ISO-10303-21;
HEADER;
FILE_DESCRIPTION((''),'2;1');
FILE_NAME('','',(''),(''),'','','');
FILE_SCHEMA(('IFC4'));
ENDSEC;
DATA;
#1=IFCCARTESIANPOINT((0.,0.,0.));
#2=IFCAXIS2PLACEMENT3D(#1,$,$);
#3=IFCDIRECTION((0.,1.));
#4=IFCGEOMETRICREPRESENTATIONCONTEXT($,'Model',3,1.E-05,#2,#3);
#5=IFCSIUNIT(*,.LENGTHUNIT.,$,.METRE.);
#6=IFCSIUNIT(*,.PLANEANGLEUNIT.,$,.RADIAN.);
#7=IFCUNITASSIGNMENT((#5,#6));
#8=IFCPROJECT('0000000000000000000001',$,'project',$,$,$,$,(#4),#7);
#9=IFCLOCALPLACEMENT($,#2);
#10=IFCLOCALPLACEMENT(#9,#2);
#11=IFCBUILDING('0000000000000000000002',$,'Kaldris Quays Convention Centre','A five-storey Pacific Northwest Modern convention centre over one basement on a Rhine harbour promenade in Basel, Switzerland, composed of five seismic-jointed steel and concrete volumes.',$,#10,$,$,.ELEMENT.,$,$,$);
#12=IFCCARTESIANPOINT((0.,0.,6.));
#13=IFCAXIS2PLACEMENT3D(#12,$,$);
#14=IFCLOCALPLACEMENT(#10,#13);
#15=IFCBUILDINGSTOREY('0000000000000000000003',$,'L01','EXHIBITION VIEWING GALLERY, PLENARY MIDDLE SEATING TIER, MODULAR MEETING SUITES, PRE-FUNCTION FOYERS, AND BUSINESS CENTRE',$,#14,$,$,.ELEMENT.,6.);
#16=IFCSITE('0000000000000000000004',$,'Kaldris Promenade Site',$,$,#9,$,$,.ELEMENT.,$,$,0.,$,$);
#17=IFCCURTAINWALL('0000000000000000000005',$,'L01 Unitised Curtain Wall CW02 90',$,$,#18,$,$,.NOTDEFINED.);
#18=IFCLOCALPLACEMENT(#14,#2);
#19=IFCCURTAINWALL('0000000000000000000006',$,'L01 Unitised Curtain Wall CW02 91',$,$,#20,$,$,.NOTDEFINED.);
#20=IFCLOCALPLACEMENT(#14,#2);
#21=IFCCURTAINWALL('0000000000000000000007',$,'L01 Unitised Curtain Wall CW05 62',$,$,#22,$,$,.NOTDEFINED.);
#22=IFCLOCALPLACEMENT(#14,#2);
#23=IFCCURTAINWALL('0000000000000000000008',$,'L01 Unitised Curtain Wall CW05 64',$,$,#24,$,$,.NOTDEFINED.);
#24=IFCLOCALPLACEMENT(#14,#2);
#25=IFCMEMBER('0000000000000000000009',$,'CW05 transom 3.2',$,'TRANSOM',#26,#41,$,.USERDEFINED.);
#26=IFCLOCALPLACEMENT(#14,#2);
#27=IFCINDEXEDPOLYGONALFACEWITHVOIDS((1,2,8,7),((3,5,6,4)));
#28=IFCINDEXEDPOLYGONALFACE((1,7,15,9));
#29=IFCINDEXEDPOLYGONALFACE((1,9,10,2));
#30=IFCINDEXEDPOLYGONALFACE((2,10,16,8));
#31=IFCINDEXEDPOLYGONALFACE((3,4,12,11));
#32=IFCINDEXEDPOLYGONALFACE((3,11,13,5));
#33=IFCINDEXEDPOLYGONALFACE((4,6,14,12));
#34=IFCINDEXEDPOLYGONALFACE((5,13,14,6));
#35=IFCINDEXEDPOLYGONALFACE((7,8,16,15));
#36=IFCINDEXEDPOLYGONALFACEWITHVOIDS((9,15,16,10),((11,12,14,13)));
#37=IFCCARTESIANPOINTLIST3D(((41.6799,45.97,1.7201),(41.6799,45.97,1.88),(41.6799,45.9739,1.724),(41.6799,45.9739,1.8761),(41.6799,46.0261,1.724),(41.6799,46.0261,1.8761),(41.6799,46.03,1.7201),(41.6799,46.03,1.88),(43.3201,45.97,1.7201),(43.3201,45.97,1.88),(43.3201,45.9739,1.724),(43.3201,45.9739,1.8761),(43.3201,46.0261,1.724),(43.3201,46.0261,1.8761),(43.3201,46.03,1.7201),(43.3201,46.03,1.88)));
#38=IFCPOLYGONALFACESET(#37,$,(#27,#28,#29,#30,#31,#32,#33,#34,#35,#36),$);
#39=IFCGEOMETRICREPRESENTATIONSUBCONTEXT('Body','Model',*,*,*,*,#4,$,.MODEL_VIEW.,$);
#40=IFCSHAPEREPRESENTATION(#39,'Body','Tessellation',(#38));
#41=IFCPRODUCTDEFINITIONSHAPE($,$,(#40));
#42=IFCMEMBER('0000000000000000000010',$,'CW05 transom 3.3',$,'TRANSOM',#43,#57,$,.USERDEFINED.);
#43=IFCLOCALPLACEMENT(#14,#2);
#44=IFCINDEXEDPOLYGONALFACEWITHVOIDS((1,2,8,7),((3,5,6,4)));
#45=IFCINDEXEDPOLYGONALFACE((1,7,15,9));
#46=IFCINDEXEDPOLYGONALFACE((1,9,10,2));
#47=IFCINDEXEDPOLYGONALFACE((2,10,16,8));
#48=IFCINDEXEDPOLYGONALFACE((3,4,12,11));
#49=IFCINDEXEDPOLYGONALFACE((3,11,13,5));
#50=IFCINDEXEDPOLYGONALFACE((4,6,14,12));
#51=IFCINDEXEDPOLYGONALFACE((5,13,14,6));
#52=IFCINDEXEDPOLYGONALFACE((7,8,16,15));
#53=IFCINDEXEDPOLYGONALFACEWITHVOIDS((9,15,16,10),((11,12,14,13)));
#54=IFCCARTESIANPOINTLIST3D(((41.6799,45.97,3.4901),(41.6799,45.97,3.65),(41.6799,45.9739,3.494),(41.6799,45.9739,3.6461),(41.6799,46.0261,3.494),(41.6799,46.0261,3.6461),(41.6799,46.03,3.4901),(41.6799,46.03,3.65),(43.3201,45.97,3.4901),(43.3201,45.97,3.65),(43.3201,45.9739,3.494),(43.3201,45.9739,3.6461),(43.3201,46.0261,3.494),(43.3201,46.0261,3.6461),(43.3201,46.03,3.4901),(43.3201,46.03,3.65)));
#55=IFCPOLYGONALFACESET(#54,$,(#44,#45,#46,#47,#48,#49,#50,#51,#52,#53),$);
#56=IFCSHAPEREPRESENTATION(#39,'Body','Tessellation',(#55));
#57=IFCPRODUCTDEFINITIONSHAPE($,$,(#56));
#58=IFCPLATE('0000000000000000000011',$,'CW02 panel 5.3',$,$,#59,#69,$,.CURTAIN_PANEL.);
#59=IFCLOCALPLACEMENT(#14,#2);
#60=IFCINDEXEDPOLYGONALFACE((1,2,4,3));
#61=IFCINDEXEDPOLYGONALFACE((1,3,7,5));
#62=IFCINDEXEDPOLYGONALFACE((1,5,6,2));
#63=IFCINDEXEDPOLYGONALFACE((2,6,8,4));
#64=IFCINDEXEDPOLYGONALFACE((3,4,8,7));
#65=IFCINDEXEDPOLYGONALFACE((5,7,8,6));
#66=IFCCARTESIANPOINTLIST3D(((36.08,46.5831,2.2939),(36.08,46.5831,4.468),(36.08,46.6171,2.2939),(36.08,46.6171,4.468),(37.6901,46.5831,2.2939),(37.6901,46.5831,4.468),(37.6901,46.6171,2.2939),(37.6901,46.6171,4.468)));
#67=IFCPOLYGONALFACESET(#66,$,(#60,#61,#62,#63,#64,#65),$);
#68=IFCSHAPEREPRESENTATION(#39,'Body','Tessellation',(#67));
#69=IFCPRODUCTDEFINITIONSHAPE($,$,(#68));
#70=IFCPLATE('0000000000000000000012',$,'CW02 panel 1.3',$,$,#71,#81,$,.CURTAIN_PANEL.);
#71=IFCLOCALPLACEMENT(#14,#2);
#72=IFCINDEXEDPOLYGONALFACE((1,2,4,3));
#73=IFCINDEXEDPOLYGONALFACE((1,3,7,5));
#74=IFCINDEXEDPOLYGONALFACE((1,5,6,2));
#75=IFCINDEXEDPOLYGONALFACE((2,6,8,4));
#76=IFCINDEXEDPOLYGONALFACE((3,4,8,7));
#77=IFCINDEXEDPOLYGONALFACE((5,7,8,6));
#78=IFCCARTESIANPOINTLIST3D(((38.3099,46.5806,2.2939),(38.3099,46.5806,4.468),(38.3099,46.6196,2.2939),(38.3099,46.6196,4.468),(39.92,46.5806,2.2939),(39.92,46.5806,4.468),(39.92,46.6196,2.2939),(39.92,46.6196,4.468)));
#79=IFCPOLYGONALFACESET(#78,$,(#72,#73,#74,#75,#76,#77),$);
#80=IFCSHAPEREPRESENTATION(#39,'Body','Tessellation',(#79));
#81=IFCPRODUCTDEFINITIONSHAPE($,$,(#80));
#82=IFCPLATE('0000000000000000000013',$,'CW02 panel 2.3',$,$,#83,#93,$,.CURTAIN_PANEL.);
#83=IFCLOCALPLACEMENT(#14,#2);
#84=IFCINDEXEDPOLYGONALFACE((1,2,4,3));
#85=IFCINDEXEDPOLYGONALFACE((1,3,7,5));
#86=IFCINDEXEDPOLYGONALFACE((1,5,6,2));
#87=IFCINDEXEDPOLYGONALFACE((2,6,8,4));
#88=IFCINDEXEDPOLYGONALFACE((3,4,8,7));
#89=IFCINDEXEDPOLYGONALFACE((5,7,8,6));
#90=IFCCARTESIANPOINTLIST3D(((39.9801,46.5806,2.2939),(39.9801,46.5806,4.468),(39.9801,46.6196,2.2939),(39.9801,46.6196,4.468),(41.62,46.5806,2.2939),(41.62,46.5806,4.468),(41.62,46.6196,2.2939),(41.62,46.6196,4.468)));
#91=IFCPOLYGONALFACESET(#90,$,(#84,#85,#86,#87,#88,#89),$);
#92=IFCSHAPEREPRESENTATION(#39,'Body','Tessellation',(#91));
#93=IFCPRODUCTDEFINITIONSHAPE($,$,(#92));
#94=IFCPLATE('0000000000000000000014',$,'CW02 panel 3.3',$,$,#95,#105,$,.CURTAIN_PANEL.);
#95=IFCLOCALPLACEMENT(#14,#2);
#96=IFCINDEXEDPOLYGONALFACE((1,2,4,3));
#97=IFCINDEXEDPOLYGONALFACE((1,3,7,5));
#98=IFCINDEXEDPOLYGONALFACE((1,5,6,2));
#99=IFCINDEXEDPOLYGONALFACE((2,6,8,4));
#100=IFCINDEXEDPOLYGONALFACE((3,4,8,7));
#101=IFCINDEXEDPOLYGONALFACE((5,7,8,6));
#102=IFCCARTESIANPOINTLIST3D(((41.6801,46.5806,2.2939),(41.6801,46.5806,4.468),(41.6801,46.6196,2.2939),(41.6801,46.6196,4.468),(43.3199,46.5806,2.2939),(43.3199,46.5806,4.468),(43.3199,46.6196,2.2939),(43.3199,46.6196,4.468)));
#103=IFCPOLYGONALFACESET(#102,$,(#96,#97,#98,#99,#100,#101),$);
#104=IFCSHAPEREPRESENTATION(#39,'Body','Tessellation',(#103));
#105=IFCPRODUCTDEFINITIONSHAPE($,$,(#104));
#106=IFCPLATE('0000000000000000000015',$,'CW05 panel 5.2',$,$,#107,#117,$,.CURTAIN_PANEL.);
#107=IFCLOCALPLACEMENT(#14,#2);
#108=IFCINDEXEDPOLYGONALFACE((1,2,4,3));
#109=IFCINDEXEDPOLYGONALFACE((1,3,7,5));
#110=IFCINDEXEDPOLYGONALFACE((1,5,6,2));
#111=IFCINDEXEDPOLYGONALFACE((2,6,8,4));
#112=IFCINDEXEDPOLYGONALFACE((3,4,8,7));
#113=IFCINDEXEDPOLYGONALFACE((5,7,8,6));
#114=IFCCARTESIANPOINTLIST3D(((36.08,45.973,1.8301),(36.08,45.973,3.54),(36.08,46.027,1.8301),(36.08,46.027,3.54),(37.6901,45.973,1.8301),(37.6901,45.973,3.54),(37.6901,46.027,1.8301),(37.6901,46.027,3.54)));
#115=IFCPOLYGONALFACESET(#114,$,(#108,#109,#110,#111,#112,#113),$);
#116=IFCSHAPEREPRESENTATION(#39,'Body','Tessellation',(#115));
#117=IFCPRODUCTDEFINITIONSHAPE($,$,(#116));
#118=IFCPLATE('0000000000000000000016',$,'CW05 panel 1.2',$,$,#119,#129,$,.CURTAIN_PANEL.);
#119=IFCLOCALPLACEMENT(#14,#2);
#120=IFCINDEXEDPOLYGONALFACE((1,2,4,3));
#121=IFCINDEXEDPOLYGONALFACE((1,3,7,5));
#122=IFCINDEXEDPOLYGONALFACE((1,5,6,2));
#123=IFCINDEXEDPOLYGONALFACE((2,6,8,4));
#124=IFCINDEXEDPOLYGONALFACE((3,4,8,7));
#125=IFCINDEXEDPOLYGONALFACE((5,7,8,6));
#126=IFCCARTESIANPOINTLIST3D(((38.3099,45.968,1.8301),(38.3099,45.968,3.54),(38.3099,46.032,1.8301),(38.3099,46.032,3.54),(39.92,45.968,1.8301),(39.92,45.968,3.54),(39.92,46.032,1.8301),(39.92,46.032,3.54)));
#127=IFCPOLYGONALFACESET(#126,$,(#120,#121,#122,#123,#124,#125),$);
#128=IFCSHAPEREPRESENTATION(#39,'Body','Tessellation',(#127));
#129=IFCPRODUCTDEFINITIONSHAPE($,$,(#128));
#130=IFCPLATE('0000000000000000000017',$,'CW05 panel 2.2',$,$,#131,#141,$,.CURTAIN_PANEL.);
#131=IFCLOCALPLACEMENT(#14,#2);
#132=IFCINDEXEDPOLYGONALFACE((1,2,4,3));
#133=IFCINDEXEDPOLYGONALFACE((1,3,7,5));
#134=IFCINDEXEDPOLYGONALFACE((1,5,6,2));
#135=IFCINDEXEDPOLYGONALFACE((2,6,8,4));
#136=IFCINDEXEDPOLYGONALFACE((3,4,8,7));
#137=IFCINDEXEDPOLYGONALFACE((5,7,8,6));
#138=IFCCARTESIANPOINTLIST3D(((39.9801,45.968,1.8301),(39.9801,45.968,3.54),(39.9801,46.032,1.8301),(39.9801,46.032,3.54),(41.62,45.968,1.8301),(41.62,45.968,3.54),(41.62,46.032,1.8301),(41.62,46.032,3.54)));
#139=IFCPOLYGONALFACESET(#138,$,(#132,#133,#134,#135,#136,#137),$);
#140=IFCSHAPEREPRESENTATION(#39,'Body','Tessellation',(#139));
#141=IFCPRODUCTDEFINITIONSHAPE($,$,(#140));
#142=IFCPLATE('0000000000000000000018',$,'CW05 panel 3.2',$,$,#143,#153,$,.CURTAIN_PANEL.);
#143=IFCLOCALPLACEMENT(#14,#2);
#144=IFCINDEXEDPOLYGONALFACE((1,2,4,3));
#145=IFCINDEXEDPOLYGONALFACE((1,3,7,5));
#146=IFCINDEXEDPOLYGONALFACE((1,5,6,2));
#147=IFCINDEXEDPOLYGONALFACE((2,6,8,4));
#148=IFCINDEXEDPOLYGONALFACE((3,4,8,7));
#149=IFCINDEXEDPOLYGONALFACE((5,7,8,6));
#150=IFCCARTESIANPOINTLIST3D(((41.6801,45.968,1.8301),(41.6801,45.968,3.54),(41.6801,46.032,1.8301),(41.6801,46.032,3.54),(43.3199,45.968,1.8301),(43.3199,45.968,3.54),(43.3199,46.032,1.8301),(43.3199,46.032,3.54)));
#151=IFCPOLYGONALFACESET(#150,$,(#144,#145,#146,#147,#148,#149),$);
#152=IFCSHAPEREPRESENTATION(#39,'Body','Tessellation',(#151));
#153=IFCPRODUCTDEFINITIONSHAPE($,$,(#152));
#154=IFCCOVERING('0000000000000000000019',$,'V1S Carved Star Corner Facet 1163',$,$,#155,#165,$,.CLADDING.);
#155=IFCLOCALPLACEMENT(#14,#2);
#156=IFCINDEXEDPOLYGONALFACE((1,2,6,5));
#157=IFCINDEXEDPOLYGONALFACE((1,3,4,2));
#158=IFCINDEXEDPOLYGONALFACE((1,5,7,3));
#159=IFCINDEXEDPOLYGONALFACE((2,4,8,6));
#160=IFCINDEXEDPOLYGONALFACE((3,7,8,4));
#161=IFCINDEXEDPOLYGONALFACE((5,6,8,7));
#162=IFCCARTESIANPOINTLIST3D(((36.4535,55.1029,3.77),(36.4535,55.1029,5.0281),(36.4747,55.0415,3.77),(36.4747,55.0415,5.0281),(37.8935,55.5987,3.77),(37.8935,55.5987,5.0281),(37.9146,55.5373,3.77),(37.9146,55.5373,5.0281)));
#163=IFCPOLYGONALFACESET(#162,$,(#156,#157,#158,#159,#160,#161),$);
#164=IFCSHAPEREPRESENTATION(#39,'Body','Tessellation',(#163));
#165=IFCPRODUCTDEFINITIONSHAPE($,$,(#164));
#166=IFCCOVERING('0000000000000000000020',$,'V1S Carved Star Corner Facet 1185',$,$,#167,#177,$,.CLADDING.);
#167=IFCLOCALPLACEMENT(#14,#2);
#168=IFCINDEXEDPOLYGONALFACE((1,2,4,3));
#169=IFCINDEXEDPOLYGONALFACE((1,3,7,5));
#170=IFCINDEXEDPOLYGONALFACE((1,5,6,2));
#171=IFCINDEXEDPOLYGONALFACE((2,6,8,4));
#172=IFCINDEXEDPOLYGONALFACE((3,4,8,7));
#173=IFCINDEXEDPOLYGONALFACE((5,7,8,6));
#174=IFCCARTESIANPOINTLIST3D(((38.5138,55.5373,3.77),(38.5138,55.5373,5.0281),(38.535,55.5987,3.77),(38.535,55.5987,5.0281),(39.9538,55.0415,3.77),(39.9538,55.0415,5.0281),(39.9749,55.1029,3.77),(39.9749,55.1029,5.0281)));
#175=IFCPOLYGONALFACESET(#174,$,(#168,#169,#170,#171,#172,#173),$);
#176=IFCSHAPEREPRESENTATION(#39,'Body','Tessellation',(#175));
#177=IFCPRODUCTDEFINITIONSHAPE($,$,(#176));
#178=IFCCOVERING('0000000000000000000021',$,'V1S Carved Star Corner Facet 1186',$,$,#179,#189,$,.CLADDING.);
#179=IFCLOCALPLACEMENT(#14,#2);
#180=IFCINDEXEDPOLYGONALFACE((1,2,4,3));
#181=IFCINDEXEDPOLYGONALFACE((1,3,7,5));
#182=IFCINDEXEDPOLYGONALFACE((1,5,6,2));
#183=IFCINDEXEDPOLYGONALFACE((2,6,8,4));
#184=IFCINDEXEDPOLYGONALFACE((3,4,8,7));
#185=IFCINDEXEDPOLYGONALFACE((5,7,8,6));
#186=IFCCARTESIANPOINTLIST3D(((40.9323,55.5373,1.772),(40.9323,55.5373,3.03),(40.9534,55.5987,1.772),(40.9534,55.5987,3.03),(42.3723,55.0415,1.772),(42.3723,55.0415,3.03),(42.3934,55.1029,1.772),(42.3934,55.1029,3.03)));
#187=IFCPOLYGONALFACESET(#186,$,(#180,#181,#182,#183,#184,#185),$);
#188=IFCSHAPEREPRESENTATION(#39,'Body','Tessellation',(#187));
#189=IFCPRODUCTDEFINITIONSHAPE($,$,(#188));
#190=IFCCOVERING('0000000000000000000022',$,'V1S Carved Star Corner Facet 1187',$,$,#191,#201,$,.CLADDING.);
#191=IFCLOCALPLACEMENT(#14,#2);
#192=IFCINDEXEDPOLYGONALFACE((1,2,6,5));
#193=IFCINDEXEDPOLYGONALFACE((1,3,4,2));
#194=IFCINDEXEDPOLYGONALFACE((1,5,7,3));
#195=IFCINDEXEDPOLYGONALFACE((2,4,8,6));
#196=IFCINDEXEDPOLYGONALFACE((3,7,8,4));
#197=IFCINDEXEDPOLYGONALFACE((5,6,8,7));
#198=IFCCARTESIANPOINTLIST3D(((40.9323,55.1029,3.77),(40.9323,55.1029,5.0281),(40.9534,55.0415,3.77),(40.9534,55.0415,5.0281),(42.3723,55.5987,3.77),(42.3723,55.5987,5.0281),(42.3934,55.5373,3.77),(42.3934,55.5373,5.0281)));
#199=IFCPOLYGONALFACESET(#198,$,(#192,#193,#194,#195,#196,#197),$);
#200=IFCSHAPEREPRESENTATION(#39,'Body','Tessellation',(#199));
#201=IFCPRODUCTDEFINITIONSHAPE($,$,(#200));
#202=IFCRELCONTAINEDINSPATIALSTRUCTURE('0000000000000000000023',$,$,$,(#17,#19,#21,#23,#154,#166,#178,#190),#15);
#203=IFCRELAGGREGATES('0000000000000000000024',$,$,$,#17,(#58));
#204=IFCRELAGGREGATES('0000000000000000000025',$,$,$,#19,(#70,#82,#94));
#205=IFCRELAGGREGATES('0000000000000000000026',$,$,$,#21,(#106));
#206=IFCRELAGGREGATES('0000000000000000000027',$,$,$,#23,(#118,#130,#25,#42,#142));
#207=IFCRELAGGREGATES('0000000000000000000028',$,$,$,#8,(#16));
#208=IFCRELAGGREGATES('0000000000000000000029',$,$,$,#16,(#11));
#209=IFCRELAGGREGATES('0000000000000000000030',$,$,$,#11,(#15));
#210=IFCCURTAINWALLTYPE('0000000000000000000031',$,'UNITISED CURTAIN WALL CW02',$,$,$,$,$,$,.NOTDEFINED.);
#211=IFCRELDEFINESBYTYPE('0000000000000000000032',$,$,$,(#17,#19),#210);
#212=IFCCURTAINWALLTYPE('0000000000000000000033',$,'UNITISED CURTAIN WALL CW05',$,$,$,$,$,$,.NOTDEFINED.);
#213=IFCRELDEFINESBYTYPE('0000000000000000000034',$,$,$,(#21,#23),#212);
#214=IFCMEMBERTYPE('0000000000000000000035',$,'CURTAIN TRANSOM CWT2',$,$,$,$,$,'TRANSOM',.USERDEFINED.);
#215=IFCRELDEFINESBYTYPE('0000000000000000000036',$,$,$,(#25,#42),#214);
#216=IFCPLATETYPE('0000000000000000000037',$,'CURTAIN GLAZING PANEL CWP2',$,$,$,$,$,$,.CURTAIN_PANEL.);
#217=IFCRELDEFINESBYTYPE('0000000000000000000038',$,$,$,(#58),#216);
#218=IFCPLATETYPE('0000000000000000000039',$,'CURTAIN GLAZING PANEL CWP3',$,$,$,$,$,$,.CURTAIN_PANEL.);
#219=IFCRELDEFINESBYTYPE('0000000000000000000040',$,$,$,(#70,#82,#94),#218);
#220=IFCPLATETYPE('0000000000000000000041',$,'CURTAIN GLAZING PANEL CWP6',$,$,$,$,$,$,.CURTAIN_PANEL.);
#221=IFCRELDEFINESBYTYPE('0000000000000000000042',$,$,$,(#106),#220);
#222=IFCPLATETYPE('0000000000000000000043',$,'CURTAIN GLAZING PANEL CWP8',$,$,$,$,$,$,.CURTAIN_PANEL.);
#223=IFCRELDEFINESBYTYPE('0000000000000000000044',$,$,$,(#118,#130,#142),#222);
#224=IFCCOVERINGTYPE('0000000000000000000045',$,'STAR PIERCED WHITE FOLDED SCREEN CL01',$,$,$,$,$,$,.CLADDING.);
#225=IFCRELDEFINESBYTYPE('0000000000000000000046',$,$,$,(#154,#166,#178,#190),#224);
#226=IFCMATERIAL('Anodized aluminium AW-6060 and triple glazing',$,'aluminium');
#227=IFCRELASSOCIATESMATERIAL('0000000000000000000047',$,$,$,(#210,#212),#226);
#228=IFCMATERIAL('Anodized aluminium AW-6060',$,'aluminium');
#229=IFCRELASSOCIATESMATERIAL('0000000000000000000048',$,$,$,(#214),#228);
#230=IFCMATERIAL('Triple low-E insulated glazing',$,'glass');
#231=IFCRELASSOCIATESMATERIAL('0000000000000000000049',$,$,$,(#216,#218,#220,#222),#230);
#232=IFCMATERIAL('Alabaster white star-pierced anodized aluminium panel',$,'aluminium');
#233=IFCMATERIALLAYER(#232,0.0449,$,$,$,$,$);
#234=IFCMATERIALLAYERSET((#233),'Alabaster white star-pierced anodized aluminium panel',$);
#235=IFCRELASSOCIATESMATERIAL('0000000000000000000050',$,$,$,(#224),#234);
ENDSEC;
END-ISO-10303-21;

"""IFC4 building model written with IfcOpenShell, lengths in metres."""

from ifc_helpers import new_model, si_unit, direction, frame, origin, origin_2d, place, context, subcontext, project, spatial, rectangle, hollow_rectangle, extrude, material, layer, layer_set, material_profile, profile_set, type_object, element, aggregate, save


model = new_model("IFC4")

# Units and contexts
model_context = context("Model", 3, precision=1e-05, world=origin(), true_north=direction((0.0, 1.0)))
body_context = subcontext(model_context, "Body", "Model", "MODEL_VIEW")
ifc_project = project(units=[si_unit("LENGTHUNIT", "METRE"), si_unit("PLANEANGLEUNIT", "RADIAN")], contexts=[model_context])

# Site, building, storey
site_placement = place(None, origin())
site = spatial("IfcSite", under=ifc_project, at=site_placement, Name="Kaldris Promenade Site", CompositionType="ELEMENT", RefElevation=0.0)
building_placement = place(site_placement, origin())
building = spatial("IfcBuilding", under=site, at=building_placement, Name="Kaldris Quays Convention Centre", Description="A five-storey Pacific Northwest Modern convention centre over one basement on a Rhine harbour promenade in Basel, Switzerland, composed of five seismic-jointed steel and concrete volumes.", CompositionType="ELEMENT")
storey_placement = place(building_placement, frame((0.0, 0.0, 6.0)))
storey = spatial("IfcBuildingStorey", under=building, at=storey_placement, Name="L01", Description="EXHIBITION VIEWING GALLERY, PLENARY MIDDLE SEATING TIER, MODULAR MEETING SUITES, PRE-FUNCTION FOYERS, AND BUSINESS CENTRE", CompositionType="ELEMENT", Elevation=6.0)

# Curtain walls, members
ifc_material_1 = material(Name="Anodized aluminium AW-6060 and triple glazing", Category="aluminium")
curtain_wall_type_1 = type_object("IfcCurtainWallType", Name="UNITISED CURTAIN WALL CW02", PredefinedType="NOTDEFINED", material=ifc_material_1)
curtain_wall_1_placement = place(storey_placement, origin())
curtain_wall_1 = element("IfcCurtainWall", 1, at=curtain_wall_1_placement, inside=storey, type_object=curtain_wall_type_1, Name="L01 Unitised Curtain Wall CW02 90", PredefinedType="NOTDEFINED")
ifc_material_2 = material(Name="Anodized aluminium AW-6060", Category="aluminium")
curtain_wall_2_placement = place(storey_placement, origin())
curtain_wall_2 = element("IfcCurtainWall", 2, at=curtain_wall_2_placement, inside=storey, type_object=curtain_wall_type_1, Name="L01 Unitised Curtain Wall CW02 91", PredefinedType="NOTDEFINED")
curtain_wall_type_2 = type_object("IfcCurtainWallType", Name="UNITISED CURTAIN WALL CW05", PredefinedType="NOTDEFINED", material=ifc_material_1)
curtain_wall_3_placement = place(storey_placement, origin())
curtain_wall_3 = element("IfcCurtainWall", 3, at=curtain_wall_3_placement, inside=storey, type_object=curtain_wall_type_2, Name="L01 Unitised Curtain Wall CW05 62", PredefinedType="NOTDEFINED")
ifc_material_profile_1 = material_profile(ifc_material_2, hollow_rectangle(XDim=0.0601, YDim=0.1599, WallThickness=0.0039, at=origin_2d()), Name="RHS 160x60x4")
ifc_profile_set_1 = profile_set([ifc_material_profile_1], Name="Anodized aluminium AW-6060")
member_type_1 = type_object("IfcMemberType", Name="CURTAIN TRANSOM CWT2", ElementType="TRANSOM", PredefinedType="USERDEFINED", material=ifc_profile_set_1)
curtain_wall_4_placement = place(storey_placement, origin())
curtain_wall_4 = element("IfcCurtainWall", 4, at=curtain_wall_4_placement, inside=storey, type_object=curtain_wall_type_2, Name="L01 Unitised Curtain Wall CW05 64", PredefinedType="NOTDEFINED")
member_1_placement = place(storey_placement, frame((41.6799, 46.0, 1.8), z_axis=(1.0, 0.0, 0.0), x_axis=(0.0, 1.0, 0.0)))
member_1 = element("IfcMember", 5, at=member_1_placement, type_object=member_type_1, Name="CW05 transom 3.2", ObjectType="TRANSOM", PredefinedType="USERDEFINED", context=body_context, shape_type="SweptSolid", body=[
    extrude(hollow_rectangle(XDim=0.0601, YDim=0.1599, WallThickness=0.0039, at=origin_2d()), origin(), (0.0, 0.0, 1.0), 1.6401),
])
member_2_placement = place(storey_placement, frame((41.6799, 46.0, 3.5701), z_axis=(1.0, 0.0, 0.0), x_axis=(0.0, 1.0, 0.0)))
member_2 = element("IfcMember", 6, at=member_2_placement, type_object=member_type_1, Name="CW05 transom 3.3", ObjectType="TRANSOM", PredefinedType="USERDEFINED", context=body_context, shape_type="SweptSolid", body=[
    extrude(hollow_rectangle(XDim=0.0601, YDim=0.1599, WallThickness=0.0039, at=origin_2d()), origin(), (0.0, 0.0, 1.0), 1.6401),
])

# Plates
ifc_material_3 = material(Name="Triple low-E insulated glazing", Category="glass")
plate_type_1 = type_object("IfcPlateType", Name="CURTAIN GLAZING PANEL CWP2", PredefinedType="CURTAIN_PANEL", material=ifc_material_3)
plate_1_placement = place(storey_placement, frame((36.885, 46.6001, 2.2939), z_axis=(0.0, 0.0, 1.0), x_axis=(1.0, 0.0, 0.0)))
plate_1 = element("IfcPlate", 7, at=plate_1_placement, type_object=plate_type_1, Name="CW02 panel 5.3", PredefinedType="CURTAIN_PANEL", context=body_context, shape_type="SweptSolid", body=[
    extrude(rectangle(XDim=1.6101, YDim=0.0339, at=origin_2d()), origin(), (0.0, 0.0, 1.0), 2.1741),
])
aggregate(curtain_wall_1, [plate_1])
plate_type_2 = type_object("IfcPlateType", Name="CURTAIN GLAZING PANEL CWP3", PredefinedType="CURTAIN_PANEL", material=ifc_material_3)
plate_2_placement = place(storey_placement, frame((39.115, 46.6001, 2.2939), z_axis=(0.0, 0.0, 1.0), x_axis=(1.0, 0.0, 0.0)))
plate_2 = element("IfcPlate", 8, at=plate_2_placement, type_object=plate_type_2, Name="CW02 panel 1.3", PredefinedType="CURTAIN_PANEL", context=body_context, shape_type="SweptSolid", body=[
    extrude(rectangle(XDim=1.6101, YDim=0.0391, at=origin_2d()), origin(), (0.0, 0.0, 1.0), 2.1741),
])
plate_3_placement = place(storey_placement, frame((40.8, 46.6001, 2.2939), z_axis=(0.0, 0.0, 1.0), x_axis=(1.0, 0.0, 0.0)))
plate_3 = element("IfcPlate", 9, at=plate_3_placement, type_object=plate_type_2, Name="CW02 panel 2.3", PredefinedType="CURTAIN_PANEL", context=body_context, shape_type="SweptSolid", body=[
    extrude(rectangle(XDim=1.6399, YDim=0.0391, at=origin_2d()), origin(), (0.0, 0.0, 1.0), 2.1741),
])
plate_4_placement = place(storey_placement, frame((42.5, 46.6001, 2.2939), z_axis=(0.0, 0.0, 1.0), x_axis=(1.0, 0.0, 0.0)))
plate_4 = element("IfcPlate", 10, at=plate_4_placement, type_object=plate_type_2, Name="CW02 panel 3.3", PredefinedType="CURTAIN_PANEL", context=body_context, shape_type="SweptSolid", body=[
    extrude(rectangle(XDim=1.6399, YDim=0.0391, at=origin_2d()), origin(), (0.0, 0.0, 1.0), 2.1741),
])
aggregate(curtain_wall_2, [plate_2, plate_3, plate_4])
plate_type_3 = type_object("IfcPlateType", Name="CURTAIN GLAZING PANEL CWP6", PredefinedType="CURTAIN_PANEL", material=ifc_material_3)
plate_5_placement = place(storey_placement, frame((36.885, 46.0, 1.8301), z_axis=(0.0, 0.0, 1.0), x_axis=(1.0, 0.0, 0.0)))
plate_5 = element("IfcPlate", 11, at=plate_5_placement, type_object=plate_type_3, Name="CW05 panel 5.2", PredefinedType="CURTAIN_PANEL", context=body_context, shape_type="SweptSolid", body=[
    extrude(rectangle(XDim=1.6101, YDim=0.054, at=origin_2d()), origin(), (0.0, 0.0, 1.0), 1.71),
])
aggregate(curtain_wall_3, [plate_5])
plate_type_4 = type_object("IfcPlateType", Name="CURTAIN GLAZING PANEL CWP8", PredefinedType="CURTAIN_PANEL", material=ifc_material_3)
plate_6_placement = place(storey_placement, frame((39.115, 46.0, 1.8301), z_axis=(0.0, 0.0, 1.0), x_axis=(1.0, 0.0, 0.0)))
plate_6 = element("IfcPlate", 12, at=plate_6_placement, type_object=plate_type_4, Name="CW05 panel 1.2", PredefinedType="CURTAIN_PANEL", context=body_context, shape_type="SweptSolid", body=[
    extrude(rectangle(XDim=1.6101, YDim=0.064, at=origin_2d()), origin(), (0.0, 0.0, 1.0), 1.71),
])
plate_7_placement = place(storey_placement, frame((40.8, 46.0, 1.8301), z_axis=(0.0, 0.0, 1.0), x_axis=(1.0, 0.0, 0.0)))
plate_7 = element("IfcPlate", 13, at=plate_7_placement, type_object=plate_type_4, Name="CW05 panel 2.2", PredefinedType="CURTAIN_PANEL", context=body_context, shape_type="SweptSolid", body=[
    extrude(rectangle(XDim=1.6399, YDim=0.064, at=origin_2d()), origin(), (0.0, 0.0, 1.0), 1.71),
])
plate_8_placement = place(storey_placement, frame((42.5, 46.0, 1.8301), z_axis=(0.0, 0.0, 1.0), x_axis=(1.0, 0.0, 0.0)))
plate_8 = element("IfcPlate", 14, at=plate_8_placement, type_object=plate_type_4, Name="CW05 panel 3.2", PredefinedType="CURTAIN_PANEL", context=body_context, shape_type="SweptSolid", body=[
    extrude(rectangle(XDim=1.6399, YDim=0.064, at=origin_2d()), origin(), (0.0, 0.0, 1.0), 1.71),
])
aggregate(curtain_wall_4, [plate_6, plate_7, member_1, member_2, plate_8])

# Coverings
ifc_material_4 = material(Name="Alabaster white star-pierced anodized aluminium panel", Category="aluminium")
ifc_layer = layer(ifc_material_4, 0.0449)
ifc_layer_set = layer_set([ifc_layer], Name="Alabaster white star-pierced anodized aluminium panel")
covering_type = type_object("IfcCoveringType", Name="STAR PIERCED WHITE FOLDED SCREEN CL01", PredefinedType="CLADDING", material=ifc_layer_set)
for number, where, z_axis, x_axis, name in (
    (15, (37.1841, 55.3201, 3.77), (0.0, 0.0, 1.0), (0.945519, 0.325568, 0.0), "V1S Carved Star Corner Facet 1163"),
    (16, (39.2444, 55.3201, 3.77), (0.0, 0.0, 1.0), (0.945519, -0.325568, 0.0), "V1S Carved Star Corner Facet 1185"),
    (17, (41.6628, 55.3201, 1.772), (0.0, 0.0, 1.0), (0.945519, -0.325568, 0.0), "V1S Carved Star Corner Facet 1186"),
    (18, (41.6628, 55.3201, 3.77), (0.0, 0.0, 1.0), (0.945519, 0.325568, 0.0), "V1S Carved Star Corner Facet 1187"),
):
    element("IfcCovering", number, at=place(storey_placement, frame(where, z_axis=z_axis, x_axis=x_axis)), inside=storey, type_object=covering_type, Name=name, PredefinedType="CLADDING", context=body_context, shape_type="SweptSolid", body=[
        extrude(rectangle(XDim=1.5229, YDim=0.0649, at=origin_2d()), origin(), (0.0, 0.0, 1.0), 1.2581),
    ])

save(model, "model.ifc")
